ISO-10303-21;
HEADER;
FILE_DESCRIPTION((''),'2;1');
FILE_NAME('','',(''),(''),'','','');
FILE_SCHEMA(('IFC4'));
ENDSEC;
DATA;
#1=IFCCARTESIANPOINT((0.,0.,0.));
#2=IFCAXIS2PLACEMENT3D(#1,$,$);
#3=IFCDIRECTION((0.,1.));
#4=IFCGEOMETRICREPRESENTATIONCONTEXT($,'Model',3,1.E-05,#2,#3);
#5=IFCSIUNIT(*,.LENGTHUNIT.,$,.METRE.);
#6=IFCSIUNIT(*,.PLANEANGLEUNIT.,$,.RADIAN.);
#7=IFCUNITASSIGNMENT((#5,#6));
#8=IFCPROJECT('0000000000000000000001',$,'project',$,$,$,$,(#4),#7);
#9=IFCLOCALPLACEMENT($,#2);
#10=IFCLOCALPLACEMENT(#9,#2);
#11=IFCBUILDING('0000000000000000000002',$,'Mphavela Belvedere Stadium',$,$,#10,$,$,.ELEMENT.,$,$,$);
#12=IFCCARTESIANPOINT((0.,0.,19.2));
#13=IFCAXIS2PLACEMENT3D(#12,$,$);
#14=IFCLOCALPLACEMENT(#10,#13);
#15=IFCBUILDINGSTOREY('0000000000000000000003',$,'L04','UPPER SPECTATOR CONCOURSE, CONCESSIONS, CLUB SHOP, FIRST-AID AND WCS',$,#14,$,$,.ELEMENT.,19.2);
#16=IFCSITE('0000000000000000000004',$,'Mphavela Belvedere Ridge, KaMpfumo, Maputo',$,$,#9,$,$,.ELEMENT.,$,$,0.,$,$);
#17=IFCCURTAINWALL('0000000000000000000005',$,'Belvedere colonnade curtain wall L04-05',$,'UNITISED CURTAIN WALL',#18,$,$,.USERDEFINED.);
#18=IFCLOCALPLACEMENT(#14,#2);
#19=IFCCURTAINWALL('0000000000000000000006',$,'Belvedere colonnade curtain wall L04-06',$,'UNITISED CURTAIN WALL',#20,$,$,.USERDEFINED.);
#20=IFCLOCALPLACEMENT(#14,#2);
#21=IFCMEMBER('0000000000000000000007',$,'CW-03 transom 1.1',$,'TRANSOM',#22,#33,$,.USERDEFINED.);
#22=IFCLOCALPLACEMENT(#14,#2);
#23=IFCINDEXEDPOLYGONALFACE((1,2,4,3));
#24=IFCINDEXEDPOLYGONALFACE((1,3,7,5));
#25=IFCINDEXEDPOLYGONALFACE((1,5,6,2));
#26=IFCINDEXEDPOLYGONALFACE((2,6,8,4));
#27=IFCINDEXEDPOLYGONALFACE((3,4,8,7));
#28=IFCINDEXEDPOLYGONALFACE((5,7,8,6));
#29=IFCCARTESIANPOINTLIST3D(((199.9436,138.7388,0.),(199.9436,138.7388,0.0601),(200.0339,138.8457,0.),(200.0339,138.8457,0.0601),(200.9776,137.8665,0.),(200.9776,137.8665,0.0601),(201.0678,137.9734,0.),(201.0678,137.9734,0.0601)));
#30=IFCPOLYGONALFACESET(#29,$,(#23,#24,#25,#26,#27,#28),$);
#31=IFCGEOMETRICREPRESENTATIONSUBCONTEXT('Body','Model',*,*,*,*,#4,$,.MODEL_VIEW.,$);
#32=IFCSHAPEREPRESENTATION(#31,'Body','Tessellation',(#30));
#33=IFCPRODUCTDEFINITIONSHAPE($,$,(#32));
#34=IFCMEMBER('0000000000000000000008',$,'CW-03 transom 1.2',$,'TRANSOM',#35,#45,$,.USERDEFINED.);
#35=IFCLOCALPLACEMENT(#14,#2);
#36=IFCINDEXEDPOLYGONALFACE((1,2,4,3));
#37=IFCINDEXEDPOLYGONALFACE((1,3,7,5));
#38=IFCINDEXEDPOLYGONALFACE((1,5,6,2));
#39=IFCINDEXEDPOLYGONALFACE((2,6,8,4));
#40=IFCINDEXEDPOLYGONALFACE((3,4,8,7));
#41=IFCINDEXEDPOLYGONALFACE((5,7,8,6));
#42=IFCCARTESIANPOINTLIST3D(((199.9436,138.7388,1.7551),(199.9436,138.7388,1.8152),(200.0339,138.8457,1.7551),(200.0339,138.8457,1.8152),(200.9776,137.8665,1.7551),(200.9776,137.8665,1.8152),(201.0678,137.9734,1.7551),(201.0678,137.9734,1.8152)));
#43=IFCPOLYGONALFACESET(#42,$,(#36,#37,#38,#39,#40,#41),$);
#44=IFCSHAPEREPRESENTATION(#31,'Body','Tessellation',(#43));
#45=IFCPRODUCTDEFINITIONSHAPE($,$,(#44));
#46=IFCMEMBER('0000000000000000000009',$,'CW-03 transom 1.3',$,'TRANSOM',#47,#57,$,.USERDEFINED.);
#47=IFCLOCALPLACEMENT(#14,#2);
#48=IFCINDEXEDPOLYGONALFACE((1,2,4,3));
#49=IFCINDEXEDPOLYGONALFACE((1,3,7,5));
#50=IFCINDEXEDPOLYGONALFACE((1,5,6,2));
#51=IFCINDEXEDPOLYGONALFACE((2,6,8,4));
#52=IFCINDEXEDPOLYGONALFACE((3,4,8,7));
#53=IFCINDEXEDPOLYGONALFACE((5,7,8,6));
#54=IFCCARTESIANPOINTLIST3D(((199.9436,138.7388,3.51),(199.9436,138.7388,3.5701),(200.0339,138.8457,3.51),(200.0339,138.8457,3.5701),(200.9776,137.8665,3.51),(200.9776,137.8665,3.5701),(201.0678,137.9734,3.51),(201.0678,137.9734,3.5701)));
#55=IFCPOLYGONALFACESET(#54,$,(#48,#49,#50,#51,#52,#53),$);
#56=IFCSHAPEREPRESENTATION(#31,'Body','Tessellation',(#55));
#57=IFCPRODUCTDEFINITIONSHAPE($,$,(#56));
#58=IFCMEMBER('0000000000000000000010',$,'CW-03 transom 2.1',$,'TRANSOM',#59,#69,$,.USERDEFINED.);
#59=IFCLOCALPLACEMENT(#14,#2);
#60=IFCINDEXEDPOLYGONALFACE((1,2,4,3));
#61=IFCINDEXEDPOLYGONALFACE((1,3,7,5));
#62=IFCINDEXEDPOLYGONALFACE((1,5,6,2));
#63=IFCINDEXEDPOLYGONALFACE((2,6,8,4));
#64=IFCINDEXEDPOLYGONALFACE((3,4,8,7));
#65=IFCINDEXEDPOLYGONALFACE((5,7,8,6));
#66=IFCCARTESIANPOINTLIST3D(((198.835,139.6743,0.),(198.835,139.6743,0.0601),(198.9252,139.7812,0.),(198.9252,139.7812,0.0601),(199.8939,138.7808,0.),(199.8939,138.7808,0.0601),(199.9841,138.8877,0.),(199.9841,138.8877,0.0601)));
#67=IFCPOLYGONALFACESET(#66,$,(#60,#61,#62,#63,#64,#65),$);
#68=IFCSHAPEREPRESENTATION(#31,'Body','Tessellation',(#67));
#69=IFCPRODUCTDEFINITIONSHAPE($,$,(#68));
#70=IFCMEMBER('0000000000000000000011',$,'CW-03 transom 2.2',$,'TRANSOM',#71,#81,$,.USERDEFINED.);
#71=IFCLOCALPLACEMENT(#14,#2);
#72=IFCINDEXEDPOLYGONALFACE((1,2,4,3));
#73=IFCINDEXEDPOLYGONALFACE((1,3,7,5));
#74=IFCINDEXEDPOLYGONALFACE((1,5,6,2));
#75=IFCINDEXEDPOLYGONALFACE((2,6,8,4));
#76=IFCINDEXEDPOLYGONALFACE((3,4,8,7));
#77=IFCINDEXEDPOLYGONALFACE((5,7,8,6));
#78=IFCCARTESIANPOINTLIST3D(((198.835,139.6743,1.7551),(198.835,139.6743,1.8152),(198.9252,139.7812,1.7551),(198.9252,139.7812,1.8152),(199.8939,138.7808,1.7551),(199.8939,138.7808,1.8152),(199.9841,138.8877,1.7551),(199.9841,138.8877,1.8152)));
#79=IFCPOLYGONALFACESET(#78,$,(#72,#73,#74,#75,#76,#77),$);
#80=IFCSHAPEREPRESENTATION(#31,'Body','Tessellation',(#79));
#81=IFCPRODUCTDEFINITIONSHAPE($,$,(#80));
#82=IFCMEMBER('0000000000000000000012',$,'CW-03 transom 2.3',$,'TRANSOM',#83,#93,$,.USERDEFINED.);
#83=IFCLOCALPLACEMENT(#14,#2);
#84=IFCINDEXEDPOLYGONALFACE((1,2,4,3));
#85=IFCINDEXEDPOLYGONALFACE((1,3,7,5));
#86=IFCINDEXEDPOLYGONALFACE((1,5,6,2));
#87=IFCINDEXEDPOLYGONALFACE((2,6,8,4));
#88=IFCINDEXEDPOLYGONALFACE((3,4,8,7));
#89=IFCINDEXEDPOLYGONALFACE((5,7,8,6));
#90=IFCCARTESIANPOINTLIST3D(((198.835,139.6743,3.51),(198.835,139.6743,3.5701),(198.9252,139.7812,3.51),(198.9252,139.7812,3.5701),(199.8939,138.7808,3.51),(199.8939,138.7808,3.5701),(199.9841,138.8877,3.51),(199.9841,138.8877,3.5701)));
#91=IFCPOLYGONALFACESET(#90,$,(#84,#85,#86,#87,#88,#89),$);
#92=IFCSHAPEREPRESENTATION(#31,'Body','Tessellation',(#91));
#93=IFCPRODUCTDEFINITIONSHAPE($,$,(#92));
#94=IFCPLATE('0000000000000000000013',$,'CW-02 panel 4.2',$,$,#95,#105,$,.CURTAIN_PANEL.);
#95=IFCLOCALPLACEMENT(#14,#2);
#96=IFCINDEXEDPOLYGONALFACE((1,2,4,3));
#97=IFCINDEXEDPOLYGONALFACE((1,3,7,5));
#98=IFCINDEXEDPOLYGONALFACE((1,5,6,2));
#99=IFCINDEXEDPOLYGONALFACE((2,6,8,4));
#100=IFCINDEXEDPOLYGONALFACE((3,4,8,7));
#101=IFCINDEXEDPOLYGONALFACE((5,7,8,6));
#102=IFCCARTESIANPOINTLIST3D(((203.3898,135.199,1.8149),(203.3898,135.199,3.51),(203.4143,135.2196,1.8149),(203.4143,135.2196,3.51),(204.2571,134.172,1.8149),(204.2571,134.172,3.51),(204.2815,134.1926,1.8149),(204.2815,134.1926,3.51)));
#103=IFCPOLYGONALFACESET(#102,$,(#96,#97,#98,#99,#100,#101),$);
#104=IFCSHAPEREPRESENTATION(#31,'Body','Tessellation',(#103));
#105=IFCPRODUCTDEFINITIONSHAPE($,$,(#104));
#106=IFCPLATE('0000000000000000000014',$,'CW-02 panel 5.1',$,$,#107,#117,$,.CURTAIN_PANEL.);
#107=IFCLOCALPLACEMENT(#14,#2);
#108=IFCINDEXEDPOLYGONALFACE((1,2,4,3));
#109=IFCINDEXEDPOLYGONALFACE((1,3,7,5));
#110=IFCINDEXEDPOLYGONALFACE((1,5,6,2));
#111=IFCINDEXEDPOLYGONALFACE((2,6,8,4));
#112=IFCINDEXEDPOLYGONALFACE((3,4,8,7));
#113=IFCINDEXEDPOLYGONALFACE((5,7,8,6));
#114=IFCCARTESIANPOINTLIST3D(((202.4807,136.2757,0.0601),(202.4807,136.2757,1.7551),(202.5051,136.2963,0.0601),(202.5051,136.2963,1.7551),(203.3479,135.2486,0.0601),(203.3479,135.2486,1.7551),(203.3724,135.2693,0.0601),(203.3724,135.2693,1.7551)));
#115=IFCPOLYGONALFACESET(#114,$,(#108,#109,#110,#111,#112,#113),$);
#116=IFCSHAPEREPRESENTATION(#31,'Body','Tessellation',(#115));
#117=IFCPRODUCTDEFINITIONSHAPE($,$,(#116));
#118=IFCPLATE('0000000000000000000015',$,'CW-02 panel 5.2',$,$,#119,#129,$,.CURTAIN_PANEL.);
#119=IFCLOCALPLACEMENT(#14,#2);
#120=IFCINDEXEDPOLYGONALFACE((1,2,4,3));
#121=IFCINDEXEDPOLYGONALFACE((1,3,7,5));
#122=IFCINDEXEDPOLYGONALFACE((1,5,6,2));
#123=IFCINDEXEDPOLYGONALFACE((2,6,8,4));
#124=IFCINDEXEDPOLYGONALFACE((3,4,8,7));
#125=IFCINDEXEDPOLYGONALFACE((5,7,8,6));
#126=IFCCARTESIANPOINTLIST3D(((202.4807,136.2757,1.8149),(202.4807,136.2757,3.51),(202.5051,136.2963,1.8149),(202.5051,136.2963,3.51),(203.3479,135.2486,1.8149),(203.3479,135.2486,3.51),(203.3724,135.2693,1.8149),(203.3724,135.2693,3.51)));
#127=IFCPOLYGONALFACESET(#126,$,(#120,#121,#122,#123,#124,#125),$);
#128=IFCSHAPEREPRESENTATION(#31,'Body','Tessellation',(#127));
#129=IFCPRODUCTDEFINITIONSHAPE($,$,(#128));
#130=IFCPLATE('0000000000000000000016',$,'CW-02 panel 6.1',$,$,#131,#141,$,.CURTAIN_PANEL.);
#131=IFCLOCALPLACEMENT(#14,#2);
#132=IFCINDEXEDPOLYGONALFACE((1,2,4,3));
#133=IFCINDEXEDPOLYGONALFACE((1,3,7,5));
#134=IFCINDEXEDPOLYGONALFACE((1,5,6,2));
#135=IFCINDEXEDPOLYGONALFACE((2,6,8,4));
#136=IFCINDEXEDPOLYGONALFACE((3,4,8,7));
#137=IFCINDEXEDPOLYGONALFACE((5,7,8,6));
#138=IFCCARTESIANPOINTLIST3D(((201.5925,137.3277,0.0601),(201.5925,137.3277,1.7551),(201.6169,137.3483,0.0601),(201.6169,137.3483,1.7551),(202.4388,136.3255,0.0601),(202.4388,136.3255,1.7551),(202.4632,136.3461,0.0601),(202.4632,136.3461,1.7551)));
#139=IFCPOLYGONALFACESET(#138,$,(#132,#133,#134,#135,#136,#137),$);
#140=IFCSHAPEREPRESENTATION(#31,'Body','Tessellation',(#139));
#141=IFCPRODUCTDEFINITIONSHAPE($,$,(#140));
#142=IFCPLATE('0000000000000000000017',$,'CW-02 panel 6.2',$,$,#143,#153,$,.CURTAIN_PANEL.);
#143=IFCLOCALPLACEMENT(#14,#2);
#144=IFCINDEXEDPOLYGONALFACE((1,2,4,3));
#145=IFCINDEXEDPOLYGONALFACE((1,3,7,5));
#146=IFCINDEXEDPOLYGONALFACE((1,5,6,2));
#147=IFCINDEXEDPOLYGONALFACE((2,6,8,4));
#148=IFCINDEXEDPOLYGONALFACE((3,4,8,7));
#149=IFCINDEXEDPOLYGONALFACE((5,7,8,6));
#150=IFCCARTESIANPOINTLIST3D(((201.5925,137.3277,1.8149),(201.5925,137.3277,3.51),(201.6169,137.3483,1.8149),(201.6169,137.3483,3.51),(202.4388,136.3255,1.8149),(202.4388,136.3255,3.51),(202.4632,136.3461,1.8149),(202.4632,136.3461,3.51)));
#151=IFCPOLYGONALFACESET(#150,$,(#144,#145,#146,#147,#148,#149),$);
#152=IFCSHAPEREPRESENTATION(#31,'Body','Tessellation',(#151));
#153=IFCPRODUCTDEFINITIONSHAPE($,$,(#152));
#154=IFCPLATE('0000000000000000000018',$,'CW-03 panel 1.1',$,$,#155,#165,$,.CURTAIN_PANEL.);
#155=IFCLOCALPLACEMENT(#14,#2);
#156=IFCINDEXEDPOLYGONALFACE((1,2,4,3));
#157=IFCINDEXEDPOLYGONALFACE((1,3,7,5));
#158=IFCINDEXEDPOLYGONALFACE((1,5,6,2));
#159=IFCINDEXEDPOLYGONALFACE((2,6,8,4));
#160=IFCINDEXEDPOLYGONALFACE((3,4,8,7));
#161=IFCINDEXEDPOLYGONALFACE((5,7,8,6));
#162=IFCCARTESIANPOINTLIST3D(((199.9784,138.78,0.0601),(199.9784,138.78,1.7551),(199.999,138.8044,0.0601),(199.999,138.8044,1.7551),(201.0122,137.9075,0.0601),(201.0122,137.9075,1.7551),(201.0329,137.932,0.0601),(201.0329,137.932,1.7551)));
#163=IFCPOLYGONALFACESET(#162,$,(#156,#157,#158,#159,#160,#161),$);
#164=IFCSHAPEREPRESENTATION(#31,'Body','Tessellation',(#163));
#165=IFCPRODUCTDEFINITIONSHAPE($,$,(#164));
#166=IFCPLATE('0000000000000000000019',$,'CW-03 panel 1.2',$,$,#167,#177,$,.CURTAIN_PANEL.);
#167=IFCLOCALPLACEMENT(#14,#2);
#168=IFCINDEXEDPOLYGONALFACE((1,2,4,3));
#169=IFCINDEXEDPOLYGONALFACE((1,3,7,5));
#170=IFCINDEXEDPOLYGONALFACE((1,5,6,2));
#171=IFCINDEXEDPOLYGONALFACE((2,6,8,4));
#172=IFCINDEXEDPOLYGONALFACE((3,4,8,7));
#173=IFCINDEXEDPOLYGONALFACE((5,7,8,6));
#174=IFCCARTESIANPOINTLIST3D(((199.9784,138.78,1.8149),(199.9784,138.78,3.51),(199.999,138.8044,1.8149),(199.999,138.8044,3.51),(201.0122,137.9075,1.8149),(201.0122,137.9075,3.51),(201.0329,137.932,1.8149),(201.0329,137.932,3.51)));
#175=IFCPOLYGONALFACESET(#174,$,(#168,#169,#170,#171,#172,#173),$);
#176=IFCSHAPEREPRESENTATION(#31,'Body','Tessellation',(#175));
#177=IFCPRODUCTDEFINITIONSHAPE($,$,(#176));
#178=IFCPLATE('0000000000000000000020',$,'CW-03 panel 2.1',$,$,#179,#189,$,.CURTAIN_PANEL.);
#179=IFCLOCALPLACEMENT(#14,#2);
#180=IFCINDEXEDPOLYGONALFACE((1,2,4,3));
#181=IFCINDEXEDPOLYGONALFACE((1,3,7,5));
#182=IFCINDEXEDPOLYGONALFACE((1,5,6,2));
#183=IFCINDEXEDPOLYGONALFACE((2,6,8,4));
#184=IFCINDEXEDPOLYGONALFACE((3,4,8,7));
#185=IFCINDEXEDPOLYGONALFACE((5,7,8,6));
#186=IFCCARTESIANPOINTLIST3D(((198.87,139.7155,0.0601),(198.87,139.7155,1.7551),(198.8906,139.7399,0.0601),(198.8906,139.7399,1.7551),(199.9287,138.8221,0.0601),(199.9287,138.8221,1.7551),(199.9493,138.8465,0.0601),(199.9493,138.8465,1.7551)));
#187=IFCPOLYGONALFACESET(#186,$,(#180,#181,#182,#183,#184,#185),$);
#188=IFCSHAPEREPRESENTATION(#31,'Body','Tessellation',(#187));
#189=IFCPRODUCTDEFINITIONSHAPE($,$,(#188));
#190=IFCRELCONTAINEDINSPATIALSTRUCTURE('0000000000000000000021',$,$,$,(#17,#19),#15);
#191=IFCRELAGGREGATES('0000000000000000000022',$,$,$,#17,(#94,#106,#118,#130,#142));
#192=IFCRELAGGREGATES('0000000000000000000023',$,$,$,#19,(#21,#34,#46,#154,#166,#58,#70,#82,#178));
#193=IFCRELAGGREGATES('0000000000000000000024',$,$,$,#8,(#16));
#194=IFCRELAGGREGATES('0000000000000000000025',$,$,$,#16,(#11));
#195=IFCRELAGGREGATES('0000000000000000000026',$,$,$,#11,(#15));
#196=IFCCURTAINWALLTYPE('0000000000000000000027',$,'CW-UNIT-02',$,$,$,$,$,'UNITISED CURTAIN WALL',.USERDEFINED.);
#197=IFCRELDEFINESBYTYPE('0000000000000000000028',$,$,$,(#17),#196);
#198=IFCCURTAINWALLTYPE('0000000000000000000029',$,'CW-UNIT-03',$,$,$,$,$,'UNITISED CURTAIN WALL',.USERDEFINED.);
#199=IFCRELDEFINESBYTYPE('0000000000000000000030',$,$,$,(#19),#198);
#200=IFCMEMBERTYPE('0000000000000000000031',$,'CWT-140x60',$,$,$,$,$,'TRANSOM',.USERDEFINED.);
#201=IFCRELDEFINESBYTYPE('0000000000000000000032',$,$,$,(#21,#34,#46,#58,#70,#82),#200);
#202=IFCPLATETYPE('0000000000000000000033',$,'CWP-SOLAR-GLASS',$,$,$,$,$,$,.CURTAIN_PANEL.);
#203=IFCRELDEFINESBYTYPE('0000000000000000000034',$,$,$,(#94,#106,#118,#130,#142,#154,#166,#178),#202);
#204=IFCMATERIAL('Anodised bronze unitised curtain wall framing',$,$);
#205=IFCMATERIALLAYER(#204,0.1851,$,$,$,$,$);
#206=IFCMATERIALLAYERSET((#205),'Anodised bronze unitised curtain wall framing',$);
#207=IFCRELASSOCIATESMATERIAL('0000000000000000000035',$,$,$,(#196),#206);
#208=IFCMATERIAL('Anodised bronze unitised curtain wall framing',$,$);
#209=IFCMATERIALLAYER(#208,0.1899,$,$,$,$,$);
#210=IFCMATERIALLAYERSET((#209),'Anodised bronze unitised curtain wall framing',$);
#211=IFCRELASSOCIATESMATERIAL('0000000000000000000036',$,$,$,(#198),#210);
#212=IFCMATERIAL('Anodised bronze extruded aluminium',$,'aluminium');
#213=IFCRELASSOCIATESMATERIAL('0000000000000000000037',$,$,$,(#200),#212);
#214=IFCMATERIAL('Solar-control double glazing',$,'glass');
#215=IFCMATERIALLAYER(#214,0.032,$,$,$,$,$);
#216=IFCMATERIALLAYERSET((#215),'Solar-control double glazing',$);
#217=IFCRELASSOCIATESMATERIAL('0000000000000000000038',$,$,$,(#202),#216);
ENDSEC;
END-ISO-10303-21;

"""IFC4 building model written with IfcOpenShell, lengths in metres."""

from ifc_helpers import new_model, si_unit, direction, frame, origin, origin_2d, place, context, subcontext, project, spatial, rectangle, extrude, material, layer, layer_set, material_profile, profile_set, type_object, element, aggregate, save


model = new_model("IFC4")

# Units and contexts
model_context = context("Model", 3, precision=1e-05, world=origin(), true_north=direction((0.0, 1.0)))
body_context = subcontext(model_context, "Body", "Model", "MODEL_VIEW")
ifc_project = project(units=[si_unit("LENGTHUNIT", "METRE"), si_unit("PLANEANGLEUNIT", "RADIAN")], contexts=[model_context])

# Site, building, storey
site_placement = place(None, origin())
site = spatial("IfcSite", under=ifc_project, at=site_placement, Name="Mphavela Belvedere Ridge, KaMpfumo, Maputo", CompositionType="ELEMENT", RefElevation=0.0)
building_placement = place(site_placement, origin())
building = spatial("IfcBuilding", under=site, at=building_placement, Name="Mphavela Belvedere Stadium", CompositionType="ELEMENT")
storey_placement = place(building_placement, frame((0.0, 0.0, 19.2)))
storey = spatial("IfcBuildingStorey", under=building, at=storey_placement, Name="L04", Description="UPPER SPECTATOR CONCOURSE, CONCESSIONS, CLUB SHOP, FIRST-AID AND WCS", CompositionType="ELEMENT", Elevation=19.2)

# Curtain walls
ifc_material_1 = material(Name="Anodised bronze unitised curtain wall framing")
ifc_layer_1 = layer(ifc_material_1, 0.1851)
ifc_layer_set_1 = layer_set([ifc_layer_1], Name="Anodised bronze unitised curtain wall framing")
curtain_wall_type_1 = type_object("IfcCurtainWallType", Name="CW-UNIT-02", ElementType="UNITISED CURTAIN WALL", PredefinedType="USERDEFINED", material=ifc_layer_set_1)
curtain_wall_1_placement = place(storey_placement, origin())
curtain_wall_1 = element("IfcCurtainWall", 1, at=curtain_wall_1_placement, inside=storey, type_object=curtain_wall_type_1, Name="Belvedere colonnade curtain wall L04-05", ObjectType="UNITISED CURTAIN WALL", PredefinedType="USERDEFINED")
ifc_material_2 = material(Name="Anodised bronze unitised curtain wall framing")
ifc_layer_2 = layer(ifc_material_2, 0.1899)
ifc_layer_set_2 = layer_set([ifc_layer_2], Name="Anodised bronze unitised curtain wall framing")
curtain_wall_type_2 = type_object("IfcCurtainWallType", Name="CW-UNIT-03", ElementType="UNITISED CURTAIN WALL", PredefinedType="USERDEFINED", material=ifc_layer_set_2)
curtain_wall_2_placement = place(storey_placement, origin())
curtain_wall_2 = element("IfcCurtainWall", 2, at=curtain_wall_2_placement, inside=storey, type_object=curtain_wall_type_2, Name="Belvedere colonnade curtain wall L04-06", ObjectType="UNITISED CURTAIN WALL", PredefinedType="USERDEFINED")

# Members
ifc_material_3 = material(Name="Anodised bronze extruded aluminium", Category="aluminium")
ifc_material_profile_1 = material_profile(ifc_material_3, rectangle(XDim=0.1399, YDim=0.0601, at=origin_2d()), Name="CW-TRN 140x60")
ifc_profile_set_1 = profile_set([ifc_material_profile_1], Name="Anodised bronze extruded aluminium")
member_type_1 = type_object("IfcMemberType", Name="CWT-140x60", ElementType="TRANSOM", PredefinedType="USERDEFINED", material=ifc_profile_set_1)
member_1_placement = place(storey_placement, frame((201.0227, 137.9199, 0.03), z_axis=(-0.764317, 0.644841, 0.0), x_axis=(-0.644841, -0.764317, 0.0)))
member_1 = element("IfcMember", 3, at=member_1_placement, type_object=member_type_1, Name="CW-03 transom 1.1", ObjectType="TRANSOM", PredefinedType="USERDEFINED", context=body_context, shape_type="SweptSolid", body=[
    extrude(rectangle(XDim=0.1399, YDim=0.0601, at=origin_2d()), origin(), (0.0, 0.0, 1.0), 1.3528),
])
member_2_placement = place(storey_placement, frame((201.0227, 137.9199, 1.7852), z_axis=(-0.764317, 0.644841, 0.0), x_axis=(-0.644841, -0.764317, 0.0)))
member_2 = element("IfcMember", 4, at=member_2_placement, type_object=member_type_1, Name="CW-03 transom 1.2", ObjectType="TRANSOM", PredefinedType="USERDEFINED", context=body_context, shape_type="SweptSolid", body=[
    extrude(rectangle(XDim=0.1399, YDim=0.0601, at=origin_2d()), origin(), (0.0, 0.0, 1.0), 1.3528),
])
member_3_placement = place(storey_placement, frame((201.0227, 137.9199, 3.54), z_axis=(-0.764317, 0.644841, 0.0), x_axis=(-0.644841, -0.764317, 0.0)))
member_3 = element("IfcMember", 5, at=member_3_placement, type_object=member_type_1, Name="CW-03 transom 1.3", ObjectType="TRANSOM", PredefinedType="USERDEFINED", context=body_context, shape_type="SweptSolid", body=[
    extrude(rectangle(XDim=0.1399, YDim=0.0601, at=origin_2d()), origin(), (0.0, 0.0, 1.0), 1.3528),
])
member_4_placement = place(storey_placement, frame((199.939, 138.8342, 0.03), z_axis=(-0.764234, 0.644938, 0.0), x_axis=(-0.644938, -0.764234, 0.0)))
member_4 = element("IfcMember", 6, at=member_4_placement, type_object=member_type_1, Name="CW-03 transom 2.1", ObjectType="TRANSOM", PredefinedType="USERDEFINED", context=body_context, shape_type="SweptSolid", body=[
    extrude(rectangle(XDim=0.1399, YDim=0.0601, at=origin_2d()), origin(), (0.0, 0.0, 1.0), 1.3855),
])
member_5_placement = place(storey_placement, frame((199.939, 138.8342, 1.7852), z_axis=(-0.764234, 0.644938, 0.0), x_axis=(-0.644938, -0.764234, 0.0)))
member_5 = element("IfcMember", 7, at=member_5_placement, type_object=member_type_1, Name="CW-03 transom 2.2", ObjectType="TRANSOM", PredefinedType="USERDEFINED", context=body_context, shape_type="SweptSolid", body=[
    extrude(rectangle(XDim=0.1399, YDim=0.0601, at=origin_2d()), origin(), (0.0, 0.0, 1.0), 1.3855),
])
member_6_placement = place(storey_placement, frame((199.939, 138.8342, 3.54), z_axis=(-0.764234, 0.644938, 0.0), x_axis=(-0.644938, -0.764234, 0.0)))
member_6 = element("IfcMember", 8, at=member_6_placement, type_object=member_type_1, Name="CW-03 transom 2.3", ObjectType="TRANSOM", PredefinedType="USERDEFINED", context=body_context, shape_type="SweptSolid", body=[
    extrude(rectangle(XDim=0.1399, YDim=0.0601, at=origin_2d()), origin(), (0.0, 0.0, 1.0), 1.3855),
])

# Plates
ifc_material_4 = material(Name="Solar-control double glazing", Category="glass")
ifc_layer_3 = layer(ifc_material_4, 0.032)
ifc_layer_set_3 = layer_set([ifc_layer_3], Name="Solar-control double glazing")
plate_type = type_object("IfcPlateType", Name="CWP-SOLAR-GLASS", PredefinedType="CURTAIN_PANEL", material=ifc_layer_set_3)
plate_1_placement = place(storey_placement, frame((203.8357, 134.6958, 1.8149), z_axis=(0.0, 0.0, 1.0), x_axis=(-0.645175, 0.764035, 0.0)))
plate_1 = element("IfcPlate", 9, at=plate_1_placement, type_object=plate_type, Name="CW-02 panel 4.2", PredefinedType="CURTAIN_PANEL", context=body_context, shape_type="SweptSolid", body=[
    extrude(rectangle(XDim=1.3442, YDim=0.032, at=origin_2d()), origin(), (0.0, 0.0, 1.0), 1.6951),
])
plate_2_placement = place(storey_placement, frame((202.9265, 135.7725, 0.0601), z_axis=(0.0, 0.0, 1.0), x_axis=(-0.645175, 0.764035, 0.0)))
plate_2 = element("IfcPlate", 10, at=plate_2_placement, type_object=plate_type, Name="CW-02 panel 5.1", PredefinedType="CURTAIN_PANEL", context=body_context, shape_type="SweptSolid", body=[
    extrude(rectangle(XDim=1.3442, YDim=0.032, at=origin_2d()), origin(), (0.0, 0.0, 1.0), 1.6951),
])
plate_3_placement = place(storey_placement, frame((202.9265, 135.7725, 1.8149), z_axis=(0.0, 0.0, 1.0), x_axis=(-0.645175, 0.764035, 0.0)))
plate_3 = element("IfcPlate", 11, at=plate_3_placement, type_object=plate_type, Name="CW-02 panel 5.2", PredefinedType="CURTAIN_PANEL", context=body_context, shape_type="SweptSolid", body=[
    extrude(rectangle(XDim=1.3442, YDim=0.032, at=origin_2d()), origin(), (0.0, 0.0, 1.0), 1.6951),
])
plate_4_placement = place(storey_placement, frame((202.0278, 136.8369, 0.0601), z_axis=(0.0, 0.0, 1.0), x_axis=(-0.645175, 0.764035, 0.0)))
plate_4 = element("IfcPlate", 12, at=plate_4_placement, type_object=plate_type, Name="CW-02 panel 6.1", PredefinedType="CURTAIN_PANEL", context=body_context, shape_type="SweptSolid", body=[
    extrude(rectangle(XDim=1.3118, YDim=0.032, at=origin_2d()), origin(), (0.0, 0.0, 1.0), 1.6951),
])
plate_5_placement = place(storey_placement, frame((202.0278, 136.8369, 1.8149), z_axis=(0.0, 0.0, 1.0), x_axis=(-0.645175, 0.764035, 0.0)))
plate_5 = element("IfcPlate", 13, at=plate_5_placement, type_object=plate_type, Name="CW-02 panel 6.2", PredefinedType="CURTAIN_PANEL", context=body_context, shape_type="SweptSolid", body=[
    extrude(rectangle(XDim=1.3118, YDim=0.032, at=origin_2d()), origin(), (0.0, 0.0, 1.0), 1.6951),
])
aggregate(curtain_wall_1, [plate_1, plate_2, plate_3, plate_4, plate_5])
plate_6_placement = place(storey_placement, frame((200.5056, 138.356, 0.0601), z_axis=(0.0, 0.0, 1.0), x_axis=(-0.764253, 0.644916, 0.0)))
plate_6 = element("IfcPlate", 14, at=plate_6_placement, type_object=plate_type, Name="CW-03 panel 1.1", PredefinedType="CURTAIN_PANEL", context=body_context, shape_type="SweptSolid", body=[
    extrude(rectangle(XDim=1.3528, YDim=0.032, at=origin_2d()), origin(), (0.0, 0.0, 1.0), 1.6951),
])
plate_7_placement = place(storey_placement, frame((200.5056, 138.356, 1.8149), z_axis=(0.0, 0.0, 1.0), x_axis=(-0.764253, 0.644916, 0.0)))
plate_7 = element("IfcPlate", 15, at=plate_7_placement, type_object=plate_type, Name="CW-03 panel 1.2", PredefinedType="CURTAIN_PANEL", context=body_context, shape_type="SweptSolid", body=[
    extrude(rectangle(XDim=1.3528, YDim=0.032, at=origin_2d()), origin(), (0.0, 0.0, 1.0), 1.6951),
])
plate_8_placement = place(storey_placement, frame((199.4097, 139.281, 0.0601), z_axis=(0.0, 0.0, 1.0), x_axis=(-0.764253, 0.644916, 0.0)))
plate_8 = element("IfcPlate", 16, at=plate_8_placement, type_object=plate_type, Name="CW-03 panel 2.1", PredefinedType="CURTAIN_PANEL", context=body_context, shape_type="SweptSolid", body=[
    extrude(rectangle(XDim=1.3853, YDim=0.032, at=origin_2d()), origin(), (0.0, 0.0, 1.0), 1.6951),
])
aggregate(curtain_wall_2, [member_1, member_2, member_3, plate_6, plate_7, member_4, member_5, member_6, plate_8])

save(model, "model.ifc")
